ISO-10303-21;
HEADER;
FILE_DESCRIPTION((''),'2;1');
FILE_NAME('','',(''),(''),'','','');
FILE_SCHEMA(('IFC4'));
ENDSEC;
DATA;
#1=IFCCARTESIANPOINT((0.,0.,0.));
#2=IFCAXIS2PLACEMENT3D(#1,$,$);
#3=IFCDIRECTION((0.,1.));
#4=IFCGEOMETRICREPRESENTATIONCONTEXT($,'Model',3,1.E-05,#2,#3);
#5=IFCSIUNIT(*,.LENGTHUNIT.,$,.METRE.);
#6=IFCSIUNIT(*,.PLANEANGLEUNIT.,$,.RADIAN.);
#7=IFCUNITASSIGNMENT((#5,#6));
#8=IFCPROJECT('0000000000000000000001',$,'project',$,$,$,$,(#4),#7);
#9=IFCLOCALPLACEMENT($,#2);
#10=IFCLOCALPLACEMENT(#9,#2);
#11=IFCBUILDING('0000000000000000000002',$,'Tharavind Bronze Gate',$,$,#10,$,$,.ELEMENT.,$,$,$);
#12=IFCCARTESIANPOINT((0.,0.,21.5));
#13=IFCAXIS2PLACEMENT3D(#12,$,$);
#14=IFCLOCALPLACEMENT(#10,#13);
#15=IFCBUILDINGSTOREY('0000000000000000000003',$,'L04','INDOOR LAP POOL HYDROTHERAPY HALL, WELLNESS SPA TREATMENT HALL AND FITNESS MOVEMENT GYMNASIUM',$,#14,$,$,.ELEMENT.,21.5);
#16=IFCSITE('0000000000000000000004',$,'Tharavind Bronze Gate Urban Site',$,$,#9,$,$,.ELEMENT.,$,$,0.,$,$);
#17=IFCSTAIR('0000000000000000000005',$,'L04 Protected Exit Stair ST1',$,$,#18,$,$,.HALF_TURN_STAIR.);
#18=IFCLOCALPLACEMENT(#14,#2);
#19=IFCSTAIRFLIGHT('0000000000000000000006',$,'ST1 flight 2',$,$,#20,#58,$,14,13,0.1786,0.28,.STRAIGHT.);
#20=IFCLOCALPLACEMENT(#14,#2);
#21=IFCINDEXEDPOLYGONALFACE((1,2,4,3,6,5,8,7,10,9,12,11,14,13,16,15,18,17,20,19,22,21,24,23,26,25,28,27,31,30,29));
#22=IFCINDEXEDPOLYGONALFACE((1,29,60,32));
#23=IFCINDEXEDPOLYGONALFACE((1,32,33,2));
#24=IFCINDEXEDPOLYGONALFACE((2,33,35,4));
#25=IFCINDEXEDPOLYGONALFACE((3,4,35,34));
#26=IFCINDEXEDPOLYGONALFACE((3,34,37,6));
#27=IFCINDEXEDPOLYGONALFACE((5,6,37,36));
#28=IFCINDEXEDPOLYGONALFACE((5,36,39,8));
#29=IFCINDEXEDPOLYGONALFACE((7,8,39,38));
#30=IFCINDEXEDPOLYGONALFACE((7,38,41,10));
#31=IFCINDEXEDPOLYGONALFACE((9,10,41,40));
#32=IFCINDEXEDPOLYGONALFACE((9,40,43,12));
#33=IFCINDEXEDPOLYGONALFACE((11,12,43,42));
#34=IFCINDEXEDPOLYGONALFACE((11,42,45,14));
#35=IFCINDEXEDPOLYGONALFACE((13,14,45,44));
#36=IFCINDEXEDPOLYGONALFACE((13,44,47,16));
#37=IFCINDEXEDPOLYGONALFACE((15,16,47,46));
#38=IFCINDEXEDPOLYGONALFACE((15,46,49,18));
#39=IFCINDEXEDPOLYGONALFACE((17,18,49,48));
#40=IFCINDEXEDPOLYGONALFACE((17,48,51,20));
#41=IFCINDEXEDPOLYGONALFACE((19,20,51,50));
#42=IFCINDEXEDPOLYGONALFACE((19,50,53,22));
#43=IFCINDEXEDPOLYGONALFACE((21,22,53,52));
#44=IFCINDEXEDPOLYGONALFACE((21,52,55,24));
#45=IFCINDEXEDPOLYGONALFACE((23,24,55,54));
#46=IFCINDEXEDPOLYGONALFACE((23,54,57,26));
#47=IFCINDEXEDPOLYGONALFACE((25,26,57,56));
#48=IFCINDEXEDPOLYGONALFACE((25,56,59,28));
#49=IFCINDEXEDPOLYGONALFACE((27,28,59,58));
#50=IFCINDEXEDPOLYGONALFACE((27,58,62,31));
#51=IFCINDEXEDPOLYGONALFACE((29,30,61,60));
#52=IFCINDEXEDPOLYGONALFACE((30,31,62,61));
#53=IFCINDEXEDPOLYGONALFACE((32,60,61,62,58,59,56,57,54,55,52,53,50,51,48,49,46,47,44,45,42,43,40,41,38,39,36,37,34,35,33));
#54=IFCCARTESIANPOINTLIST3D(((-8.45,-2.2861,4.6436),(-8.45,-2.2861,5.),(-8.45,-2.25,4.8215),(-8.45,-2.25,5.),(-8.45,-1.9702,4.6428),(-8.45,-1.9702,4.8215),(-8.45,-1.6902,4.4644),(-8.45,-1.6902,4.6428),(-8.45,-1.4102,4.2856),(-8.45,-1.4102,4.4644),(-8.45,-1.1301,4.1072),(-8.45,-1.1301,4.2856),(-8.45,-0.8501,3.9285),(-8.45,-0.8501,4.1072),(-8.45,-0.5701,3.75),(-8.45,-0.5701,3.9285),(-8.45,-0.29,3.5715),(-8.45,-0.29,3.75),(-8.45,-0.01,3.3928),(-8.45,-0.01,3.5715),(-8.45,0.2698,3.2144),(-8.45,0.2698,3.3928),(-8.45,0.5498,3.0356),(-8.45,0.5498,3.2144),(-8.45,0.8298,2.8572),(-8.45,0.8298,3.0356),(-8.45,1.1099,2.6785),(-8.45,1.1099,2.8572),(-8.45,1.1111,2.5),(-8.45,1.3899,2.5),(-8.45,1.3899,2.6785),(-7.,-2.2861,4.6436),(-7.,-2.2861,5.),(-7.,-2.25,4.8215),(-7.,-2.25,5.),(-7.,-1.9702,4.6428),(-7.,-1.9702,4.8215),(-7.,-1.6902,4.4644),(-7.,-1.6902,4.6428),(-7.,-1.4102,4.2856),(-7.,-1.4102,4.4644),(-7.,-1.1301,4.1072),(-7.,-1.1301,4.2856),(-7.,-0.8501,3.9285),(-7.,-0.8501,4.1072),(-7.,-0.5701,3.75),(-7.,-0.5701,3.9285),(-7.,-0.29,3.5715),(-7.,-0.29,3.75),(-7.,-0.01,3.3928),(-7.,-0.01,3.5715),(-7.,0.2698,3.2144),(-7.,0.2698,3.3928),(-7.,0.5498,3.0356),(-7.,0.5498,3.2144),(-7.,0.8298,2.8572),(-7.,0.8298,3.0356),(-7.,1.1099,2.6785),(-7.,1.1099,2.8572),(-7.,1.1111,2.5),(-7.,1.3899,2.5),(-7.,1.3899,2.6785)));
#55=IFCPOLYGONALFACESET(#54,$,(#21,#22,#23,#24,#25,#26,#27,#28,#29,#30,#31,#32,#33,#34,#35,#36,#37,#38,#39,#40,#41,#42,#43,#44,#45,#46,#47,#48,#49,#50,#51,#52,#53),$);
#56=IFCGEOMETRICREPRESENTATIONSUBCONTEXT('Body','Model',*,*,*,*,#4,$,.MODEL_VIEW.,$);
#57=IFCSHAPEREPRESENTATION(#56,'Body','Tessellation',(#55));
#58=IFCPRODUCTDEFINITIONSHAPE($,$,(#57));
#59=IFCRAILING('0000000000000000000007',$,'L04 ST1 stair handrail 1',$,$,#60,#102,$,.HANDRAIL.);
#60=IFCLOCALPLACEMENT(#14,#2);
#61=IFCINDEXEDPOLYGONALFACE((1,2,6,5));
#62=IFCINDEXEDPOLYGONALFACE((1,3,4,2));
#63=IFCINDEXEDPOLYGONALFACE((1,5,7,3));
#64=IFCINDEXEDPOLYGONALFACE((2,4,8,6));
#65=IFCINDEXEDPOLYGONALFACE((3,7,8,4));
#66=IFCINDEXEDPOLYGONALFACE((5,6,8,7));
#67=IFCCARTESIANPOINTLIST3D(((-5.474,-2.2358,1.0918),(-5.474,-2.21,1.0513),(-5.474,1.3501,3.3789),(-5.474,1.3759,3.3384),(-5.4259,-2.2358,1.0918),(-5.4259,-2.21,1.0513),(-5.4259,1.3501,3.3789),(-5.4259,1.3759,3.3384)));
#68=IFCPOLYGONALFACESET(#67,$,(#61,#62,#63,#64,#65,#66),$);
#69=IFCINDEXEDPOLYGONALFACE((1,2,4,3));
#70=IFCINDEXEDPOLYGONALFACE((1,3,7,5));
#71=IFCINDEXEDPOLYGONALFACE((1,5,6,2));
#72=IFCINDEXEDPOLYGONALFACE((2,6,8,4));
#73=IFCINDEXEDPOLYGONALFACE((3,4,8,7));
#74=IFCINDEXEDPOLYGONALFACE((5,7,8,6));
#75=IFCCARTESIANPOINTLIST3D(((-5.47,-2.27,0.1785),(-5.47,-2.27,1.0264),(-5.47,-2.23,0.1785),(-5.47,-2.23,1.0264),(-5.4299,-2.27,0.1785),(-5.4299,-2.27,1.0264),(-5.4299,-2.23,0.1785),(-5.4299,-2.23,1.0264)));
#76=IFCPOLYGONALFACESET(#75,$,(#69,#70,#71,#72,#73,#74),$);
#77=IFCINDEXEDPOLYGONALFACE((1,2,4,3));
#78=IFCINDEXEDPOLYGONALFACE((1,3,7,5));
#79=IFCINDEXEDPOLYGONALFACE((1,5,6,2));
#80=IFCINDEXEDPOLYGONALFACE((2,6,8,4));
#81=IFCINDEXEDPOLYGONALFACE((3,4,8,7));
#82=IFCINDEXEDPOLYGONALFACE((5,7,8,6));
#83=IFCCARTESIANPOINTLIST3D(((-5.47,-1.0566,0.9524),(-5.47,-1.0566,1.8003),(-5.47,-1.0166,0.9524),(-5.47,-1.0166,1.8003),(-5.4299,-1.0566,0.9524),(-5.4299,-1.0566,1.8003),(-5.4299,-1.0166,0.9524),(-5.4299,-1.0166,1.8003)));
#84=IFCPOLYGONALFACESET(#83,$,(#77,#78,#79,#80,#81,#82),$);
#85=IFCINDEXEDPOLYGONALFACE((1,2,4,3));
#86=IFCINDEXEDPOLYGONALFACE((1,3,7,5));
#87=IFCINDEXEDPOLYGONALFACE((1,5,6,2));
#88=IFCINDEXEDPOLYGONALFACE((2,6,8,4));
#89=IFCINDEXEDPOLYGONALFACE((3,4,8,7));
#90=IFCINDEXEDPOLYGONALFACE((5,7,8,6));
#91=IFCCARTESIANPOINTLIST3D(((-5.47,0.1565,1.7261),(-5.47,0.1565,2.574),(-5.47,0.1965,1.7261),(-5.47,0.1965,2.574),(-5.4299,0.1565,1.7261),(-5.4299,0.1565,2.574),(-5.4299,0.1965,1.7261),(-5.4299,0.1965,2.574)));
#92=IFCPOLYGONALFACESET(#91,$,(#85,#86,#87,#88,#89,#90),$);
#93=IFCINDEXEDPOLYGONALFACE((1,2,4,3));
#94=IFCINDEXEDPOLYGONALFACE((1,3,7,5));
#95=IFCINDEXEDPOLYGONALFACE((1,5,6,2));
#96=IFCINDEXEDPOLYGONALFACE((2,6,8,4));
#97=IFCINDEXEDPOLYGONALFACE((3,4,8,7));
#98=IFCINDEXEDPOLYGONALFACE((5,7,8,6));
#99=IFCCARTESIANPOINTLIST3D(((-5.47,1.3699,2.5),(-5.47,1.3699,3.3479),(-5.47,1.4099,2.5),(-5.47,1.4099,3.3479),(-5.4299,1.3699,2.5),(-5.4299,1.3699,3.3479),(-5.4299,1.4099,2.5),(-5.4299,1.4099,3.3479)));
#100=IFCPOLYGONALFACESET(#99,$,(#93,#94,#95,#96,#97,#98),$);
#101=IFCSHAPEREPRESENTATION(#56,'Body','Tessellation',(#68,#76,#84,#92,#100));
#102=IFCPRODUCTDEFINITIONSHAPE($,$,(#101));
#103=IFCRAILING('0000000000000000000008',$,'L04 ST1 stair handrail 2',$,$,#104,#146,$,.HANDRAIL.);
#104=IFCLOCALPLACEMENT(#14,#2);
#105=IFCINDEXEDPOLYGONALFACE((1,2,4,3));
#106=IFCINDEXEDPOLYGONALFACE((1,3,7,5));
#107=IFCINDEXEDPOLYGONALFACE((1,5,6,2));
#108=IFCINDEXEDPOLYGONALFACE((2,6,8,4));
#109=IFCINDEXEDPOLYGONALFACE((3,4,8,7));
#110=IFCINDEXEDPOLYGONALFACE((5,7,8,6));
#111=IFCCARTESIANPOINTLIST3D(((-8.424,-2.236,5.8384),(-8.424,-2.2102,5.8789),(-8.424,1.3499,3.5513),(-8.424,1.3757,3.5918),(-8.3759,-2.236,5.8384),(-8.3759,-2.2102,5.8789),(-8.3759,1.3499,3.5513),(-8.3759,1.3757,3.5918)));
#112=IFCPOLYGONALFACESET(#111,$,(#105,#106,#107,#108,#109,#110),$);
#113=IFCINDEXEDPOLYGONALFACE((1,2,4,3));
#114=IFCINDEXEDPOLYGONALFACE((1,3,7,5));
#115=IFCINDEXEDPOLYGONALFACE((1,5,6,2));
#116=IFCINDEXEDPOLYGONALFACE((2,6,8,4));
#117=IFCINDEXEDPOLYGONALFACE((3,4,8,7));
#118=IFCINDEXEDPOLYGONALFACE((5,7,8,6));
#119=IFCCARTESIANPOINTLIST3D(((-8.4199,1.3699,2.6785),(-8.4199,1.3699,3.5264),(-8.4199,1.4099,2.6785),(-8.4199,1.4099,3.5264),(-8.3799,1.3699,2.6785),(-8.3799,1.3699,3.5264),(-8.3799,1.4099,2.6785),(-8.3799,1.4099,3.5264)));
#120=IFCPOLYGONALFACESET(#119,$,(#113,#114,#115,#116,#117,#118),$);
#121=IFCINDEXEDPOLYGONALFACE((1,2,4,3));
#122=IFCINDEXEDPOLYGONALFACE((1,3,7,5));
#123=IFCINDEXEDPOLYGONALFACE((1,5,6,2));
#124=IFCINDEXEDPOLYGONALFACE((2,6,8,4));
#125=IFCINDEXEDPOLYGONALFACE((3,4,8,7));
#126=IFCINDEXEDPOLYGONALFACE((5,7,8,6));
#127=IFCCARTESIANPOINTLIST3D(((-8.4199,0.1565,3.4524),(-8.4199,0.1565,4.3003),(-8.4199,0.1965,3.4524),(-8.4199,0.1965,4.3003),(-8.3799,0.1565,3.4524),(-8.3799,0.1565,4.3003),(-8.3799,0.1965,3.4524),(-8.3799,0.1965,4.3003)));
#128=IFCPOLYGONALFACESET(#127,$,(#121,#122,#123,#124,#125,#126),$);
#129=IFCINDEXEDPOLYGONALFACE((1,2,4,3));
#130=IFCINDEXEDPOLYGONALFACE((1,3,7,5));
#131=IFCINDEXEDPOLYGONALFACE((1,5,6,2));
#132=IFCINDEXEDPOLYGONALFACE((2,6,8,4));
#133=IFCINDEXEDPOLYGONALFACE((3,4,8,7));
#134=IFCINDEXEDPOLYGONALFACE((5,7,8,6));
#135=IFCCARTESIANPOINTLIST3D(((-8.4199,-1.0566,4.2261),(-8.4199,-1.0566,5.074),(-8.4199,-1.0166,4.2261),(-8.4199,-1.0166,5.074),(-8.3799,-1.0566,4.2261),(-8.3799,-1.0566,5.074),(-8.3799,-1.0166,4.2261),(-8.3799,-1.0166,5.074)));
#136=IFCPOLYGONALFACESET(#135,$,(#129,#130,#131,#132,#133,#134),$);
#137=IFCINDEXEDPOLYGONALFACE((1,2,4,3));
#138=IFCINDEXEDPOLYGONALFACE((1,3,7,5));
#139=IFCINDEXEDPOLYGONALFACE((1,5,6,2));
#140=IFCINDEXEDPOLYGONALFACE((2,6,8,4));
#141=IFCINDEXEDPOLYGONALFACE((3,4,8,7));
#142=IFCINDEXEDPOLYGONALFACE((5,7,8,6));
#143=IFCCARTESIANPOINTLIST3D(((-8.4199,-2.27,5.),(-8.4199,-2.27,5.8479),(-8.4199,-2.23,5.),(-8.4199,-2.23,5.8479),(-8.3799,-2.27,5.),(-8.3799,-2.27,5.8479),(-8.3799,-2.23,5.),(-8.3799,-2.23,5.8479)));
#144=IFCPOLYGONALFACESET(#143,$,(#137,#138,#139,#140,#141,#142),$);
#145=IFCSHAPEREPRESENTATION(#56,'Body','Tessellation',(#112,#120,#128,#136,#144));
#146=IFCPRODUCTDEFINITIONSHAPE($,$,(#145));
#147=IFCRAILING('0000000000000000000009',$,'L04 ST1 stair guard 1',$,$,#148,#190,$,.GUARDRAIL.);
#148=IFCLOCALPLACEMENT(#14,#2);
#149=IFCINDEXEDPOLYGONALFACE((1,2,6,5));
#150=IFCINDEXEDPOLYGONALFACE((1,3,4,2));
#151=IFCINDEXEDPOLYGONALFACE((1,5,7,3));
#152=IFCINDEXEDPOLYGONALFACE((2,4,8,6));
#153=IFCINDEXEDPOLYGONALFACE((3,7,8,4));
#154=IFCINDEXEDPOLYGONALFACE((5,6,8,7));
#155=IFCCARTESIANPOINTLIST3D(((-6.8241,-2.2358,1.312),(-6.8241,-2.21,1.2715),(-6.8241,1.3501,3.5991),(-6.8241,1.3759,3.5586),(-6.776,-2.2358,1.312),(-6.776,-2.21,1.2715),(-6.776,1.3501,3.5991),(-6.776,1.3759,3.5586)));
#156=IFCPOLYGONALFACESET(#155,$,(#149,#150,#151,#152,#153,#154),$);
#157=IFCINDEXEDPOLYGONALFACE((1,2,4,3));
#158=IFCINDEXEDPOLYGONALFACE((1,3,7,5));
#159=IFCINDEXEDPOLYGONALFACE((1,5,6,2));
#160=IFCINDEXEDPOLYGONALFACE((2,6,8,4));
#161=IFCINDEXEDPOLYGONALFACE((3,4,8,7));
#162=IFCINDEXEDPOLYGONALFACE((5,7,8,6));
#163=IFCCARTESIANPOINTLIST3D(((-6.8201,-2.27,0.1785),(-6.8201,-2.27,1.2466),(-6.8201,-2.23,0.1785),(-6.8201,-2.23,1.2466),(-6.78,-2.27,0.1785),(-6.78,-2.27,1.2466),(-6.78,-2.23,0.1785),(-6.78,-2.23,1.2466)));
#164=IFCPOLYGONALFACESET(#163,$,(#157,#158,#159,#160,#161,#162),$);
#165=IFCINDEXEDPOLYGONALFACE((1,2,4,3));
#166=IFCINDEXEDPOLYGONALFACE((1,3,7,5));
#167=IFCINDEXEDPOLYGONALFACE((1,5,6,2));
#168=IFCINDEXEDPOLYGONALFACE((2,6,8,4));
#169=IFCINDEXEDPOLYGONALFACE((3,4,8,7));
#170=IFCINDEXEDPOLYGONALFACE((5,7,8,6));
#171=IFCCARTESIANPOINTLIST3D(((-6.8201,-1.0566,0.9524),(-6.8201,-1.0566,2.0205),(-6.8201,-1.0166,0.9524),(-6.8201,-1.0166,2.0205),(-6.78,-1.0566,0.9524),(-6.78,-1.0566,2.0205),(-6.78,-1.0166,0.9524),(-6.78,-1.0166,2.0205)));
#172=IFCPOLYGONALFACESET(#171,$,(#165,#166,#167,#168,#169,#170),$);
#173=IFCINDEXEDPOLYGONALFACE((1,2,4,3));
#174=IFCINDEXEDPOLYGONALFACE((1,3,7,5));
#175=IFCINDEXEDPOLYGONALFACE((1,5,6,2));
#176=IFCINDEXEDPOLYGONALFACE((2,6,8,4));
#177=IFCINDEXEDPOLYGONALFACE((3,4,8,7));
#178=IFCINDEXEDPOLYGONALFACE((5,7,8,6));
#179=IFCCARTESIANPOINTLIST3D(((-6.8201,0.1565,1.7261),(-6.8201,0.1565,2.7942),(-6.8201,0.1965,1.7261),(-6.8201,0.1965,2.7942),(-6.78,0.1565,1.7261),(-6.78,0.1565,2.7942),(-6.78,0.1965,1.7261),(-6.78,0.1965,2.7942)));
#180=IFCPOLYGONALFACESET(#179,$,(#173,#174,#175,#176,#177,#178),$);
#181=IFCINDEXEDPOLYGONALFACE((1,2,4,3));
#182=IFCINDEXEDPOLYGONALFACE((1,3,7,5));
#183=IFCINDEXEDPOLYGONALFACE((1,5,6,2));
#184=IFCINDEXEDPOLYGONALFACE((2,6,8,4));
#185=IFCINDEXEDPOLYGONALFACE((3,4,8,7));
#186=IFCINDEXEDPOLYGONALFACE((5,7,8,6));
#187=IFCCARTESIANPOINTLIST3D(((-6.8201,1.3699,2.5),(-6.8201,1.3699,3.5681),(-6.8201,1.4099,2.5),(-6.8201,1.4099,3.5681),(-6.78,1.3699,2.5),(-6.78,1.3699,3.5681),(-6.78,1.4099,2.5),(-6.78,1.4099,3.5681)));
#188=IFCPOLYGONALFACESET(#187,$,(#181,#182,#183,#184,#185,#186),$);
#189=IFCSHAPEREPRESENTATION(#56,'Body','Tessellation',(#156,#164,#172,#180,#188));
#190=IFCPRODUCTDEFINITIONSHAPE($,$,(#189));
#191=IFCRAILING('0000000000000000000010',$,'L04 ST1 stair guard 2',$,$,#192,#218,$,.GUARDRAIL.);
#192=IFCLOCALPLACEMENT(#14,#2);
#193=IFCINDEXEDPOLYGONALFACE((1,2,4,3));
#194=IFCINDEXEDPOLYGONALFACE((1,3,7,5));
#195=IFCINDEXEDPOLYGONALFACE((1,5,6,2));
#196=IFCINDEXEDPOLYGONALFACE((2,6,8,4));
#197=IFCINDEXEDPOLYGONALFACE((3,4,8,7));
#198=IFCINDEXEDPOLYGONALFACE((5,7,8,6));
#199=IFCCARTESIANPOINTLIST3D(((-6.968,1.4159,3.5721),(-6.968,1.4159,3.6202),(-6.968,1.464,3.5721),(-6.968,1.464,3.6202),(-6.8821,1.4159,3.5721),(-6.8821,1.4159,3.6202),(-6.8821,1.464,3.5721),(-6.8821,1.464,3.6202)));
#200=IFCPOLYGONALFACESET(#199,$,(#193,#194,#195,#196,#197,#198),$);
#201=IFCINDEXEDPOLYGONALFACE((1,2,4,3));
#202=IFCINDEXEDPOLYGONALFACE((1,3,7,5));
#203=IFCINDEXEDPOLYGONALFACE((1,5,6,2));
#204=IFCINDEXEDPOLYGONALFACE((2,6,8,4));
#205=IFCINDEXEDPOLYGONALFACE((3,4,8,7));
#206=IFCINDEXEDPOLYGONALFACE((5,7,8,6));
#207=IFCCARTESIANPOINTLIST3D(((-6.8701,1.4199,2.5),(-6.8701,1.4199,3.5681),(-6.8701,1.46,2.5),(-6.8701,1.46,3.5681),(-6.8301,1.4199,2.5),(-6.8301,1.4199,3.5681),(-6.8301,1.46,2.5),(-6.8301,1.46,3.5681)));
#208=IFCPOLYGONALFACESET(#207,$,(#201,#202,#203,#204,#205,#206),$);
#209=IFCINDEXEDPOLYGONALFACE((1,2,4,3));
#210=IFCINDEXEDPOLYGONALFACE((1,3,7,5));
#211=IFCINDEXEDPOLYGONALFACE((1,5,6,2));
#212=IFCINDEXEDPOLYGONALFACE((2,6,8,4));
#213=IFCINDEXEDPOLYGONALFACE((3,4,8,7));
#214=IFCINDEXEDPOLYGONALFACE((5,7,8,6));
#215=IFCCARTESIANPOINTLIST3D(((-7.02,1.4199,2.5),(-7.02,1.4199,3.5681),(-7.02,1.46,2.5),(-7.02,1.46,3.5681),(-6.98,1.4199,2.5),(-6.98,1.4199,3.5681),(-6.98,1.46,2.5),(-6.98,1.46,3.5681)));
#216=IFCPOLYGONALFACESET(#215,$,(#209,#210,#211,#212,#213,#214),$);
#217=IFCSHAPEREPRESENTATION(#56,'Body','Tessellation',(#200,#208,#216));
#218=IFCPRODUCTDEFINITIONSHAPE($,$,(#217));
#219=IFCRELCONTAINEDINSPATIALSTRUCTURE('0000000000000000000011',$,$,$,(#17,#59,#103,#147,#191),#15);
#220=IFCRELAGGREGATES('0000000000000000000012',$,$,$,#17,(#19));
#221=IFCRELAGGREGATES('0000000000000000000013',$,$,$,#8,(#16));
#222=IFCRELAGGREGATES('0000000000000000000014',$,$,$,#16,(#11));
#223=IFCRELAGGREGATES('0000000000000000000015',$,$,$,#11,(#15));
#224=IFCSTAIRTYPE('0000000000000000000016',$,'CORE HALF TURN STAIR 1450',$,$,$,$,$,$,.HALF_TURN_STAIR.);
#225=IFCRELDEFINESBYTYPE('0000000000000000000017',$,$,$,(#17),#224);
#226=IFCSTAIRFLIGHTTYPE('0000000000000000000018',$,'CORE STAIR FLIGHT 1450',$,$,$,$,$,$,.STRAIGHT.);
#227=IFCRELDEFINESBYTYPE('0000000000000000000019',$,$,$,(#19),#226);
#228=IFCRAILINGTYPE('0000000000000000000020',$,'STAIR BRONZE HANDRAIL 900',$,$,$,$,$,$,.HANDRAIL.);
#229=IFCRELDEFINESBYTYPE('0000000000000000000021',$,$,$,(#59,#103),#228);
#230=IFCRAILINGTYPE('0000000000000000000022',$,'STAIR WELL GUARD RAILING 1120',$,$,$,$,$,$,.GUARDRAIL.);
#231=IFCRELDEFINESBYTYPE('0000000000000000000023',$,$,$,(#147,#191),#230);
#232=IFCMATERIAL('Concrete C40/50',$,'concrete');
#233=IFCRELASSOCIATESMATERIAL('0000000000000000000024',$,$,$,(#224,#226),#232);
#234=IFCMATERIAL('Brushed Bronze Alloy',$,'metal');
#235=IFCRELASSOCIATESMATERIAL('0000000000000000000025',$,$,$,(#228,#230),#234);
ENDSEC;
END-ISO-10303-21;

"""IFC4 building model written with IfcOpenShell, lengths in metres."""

from ifc_helpers import new_model, si_unit, direction, frame, origin, origin_2d, place, context, subcontext, project, spatial, polyline, rectangle, outline, extrude, material, type_object, element, aggregate, save


model = new_model("IFC4")

# Units and contexts
model_context = context("Model", 3, precision=1e-05, world=origin(), true_north=direction((0.0, 1.0)))
body_context = subcontext(model_context, "Body", "Model", "MODEL_VIEW")
ifc_project = project(units=[si_unit("LENGTHUNIT", "METRE"), si_unit("PLANEANGLEUNIT", "RADIAN")], contexts=[model_context])

# Site, building, storey
site_placement = place(None, origin())
site = spatial("IfcSite", under=ifc_project, at=site_placement, Name="Tharavind Bronze Gate Urban Site", CompositionType="ELEMENT", RefElevation=0.0)
building_placement = place(site_placement, origin())
building = spatial("IfcBuilding", under=site, at=building_placement, Name="Tharavind Bronze Gate", CompositionType="ELEMENT")
storey_placement = place(building_placement, frame((0.0, 0.0, 21.5)))
storey = spatial("IfcBuildingStorey", under=building, at=storey_placement, Name="L04", Description="INDOOR LAP POOL HYDROTHERAPY HALL, WELLNESS SPA TREATMENT HALL AND FITNESS MOVEMENT GYMNASIUM", CompositionType="ELEMENT", Elevation=21.5)

# Shared definitions
ifc_material_1 = material(Name="Concrete C40/50", Category="concrete")

# Stair, stair flight
stair_type = type_object("IfcStairType", Name="CORE HALF TURN STAIR 1450", PredefinedType="HALF_TURN_STAIR", material=ifc_material_1)
stair_placement = place(storey_placement, origin())
stair = element("IfcStair", 1, at=stair_placement, inside=storey, type_object=stair_type, Name="L04 Protected Exit Stair ST1", PredefinedType="HALF_TURN_STAIR")
stair_flight_type = type_object("IfcStairFlightType", Name="CORE STAIR FLIGHT 1450", PredefinedType="STRAIGHT", material=ifc_material_1)
stair_flight_1_placement = place(storey_placement, frame((-7.7251, 1.3899, 2.5), z_axis=(0.0, 0.0, 1.0), x_axis=(0.0, -1.0, 0.0)))
stair_flight_1 = element("IfcStairFlight", 2, at=stair_flight_1_placement, type_object=stair_flight_type, Name="ST1 flight 2", NumberOfRisers=14, NumberOfTreads=13, PredefinedType="STRAIGHT", RiserHeight=0.1786, TreadLength=0.28, context=body_context, shape_type="SweptSolid", body=[
    extrude(outline(polyline([(0.0, 0.0), (0.0, 0.1785), (0.28, 0.1785), (0.28, 0.3572), (0.5601, 0.3572), (0.5601, 0.5356), (0.8401, 0.5356), (0.8401, 0.7144), (1.1201, 0.7144), (1.1201, 0.8928), (1.3999, 0.8928), (1.3999, 1.0715), (1.6799, 1.0715), (1.6799, 1.25), (1.96, 1.25), (1.96, 1.4285), (2.24, 1.4285), (2.24, 1.6072), (2.52, 1.6072), (2.52, 1.7856), (2.8, 1.7856), (2.8, 1.9644), (3.0801, 1.9644), (3.0801, 2.1428), (3.3601, 2.1428), (3.3601, 2.3215), (3.6399, 2.3215), (3.6399, 2.5), (3.676, 2.5), (3.676, 2.1436), (0.2788, 0.0), (0.0, 0.0)])), frame((0.0, 0.7251, 0.0), z_axis=(0.0, -1.0, 0.0), x_axis=(1.0, 0.0, 0.0)), (0.0, 0.0, 1.0), 1.45),
])
aggregate(stair, [stair_flight_1])

# Railings
ifc_material_2 = material(Name="Brushed Bronze Alloy", Category="metal")
railing_type_1 = type_object("IfcRailingType", Name="STAIR BRONZE HANDRAIL 900", PredefinedType="HANDRAIL", material=ifc_material_2)
railing_1_placement = place(storey_placement, frame((-5.45, -2.25, 0.1785)))
element("IfcRailing", 3, at=railing_1_placement, inside=storey, type_object=railing_type_1, Name="L04 ST1 stair handrail 1", PredefinedType="HANDRAIL", context=body_context, shape_type="SweptSolid", body=[
    extrude(rectangle(XDim=0.0481, YDim=0.0481, at=origin_2d()), frame((0.0, 0.0271, 0.8931), z_axis=(0.0, 0.843112, 0.537739), x_axis=(-1.0, 0.0, 0.0)), (0.0, 0.0, 1.0), 4.2532),
    extrude(rectangle(XDim=0.04, YDim=0.04, at=origin_2d()), origin(), (0.0, 0.0, 1.0), 0.8479),
    extrude(rectangle(XDim=0.04, YDim=0.04, at=origin_2d()), frame((0.0, 1.2134, 0.7739)), (0.0, 0.0, 1.0), 0.8479),
    extrude(rectangle(XDim=0.04, YDim=0.04, at=origin_2d()), frame((0.0, 2.4265, 1.5476)), (0.0, 0.0, 1.0), 0.8479),
    extrude(rectangle(XDim=0.04, YDim=0.04, at=origin_2d()), frame((0.0, 3.6399, 2.3215)), (0.0, 0.0, 1.0), 0.8479),
])
railing_2_placement = place(storey_placement, frame((-8.3999, 1.3899, 2.6785)))
element("IfcRailing", 4, at=railing_2_placement, inside=storey, type_object=railing_type_1, Name="L04 ST1 stair handrail 2", PredefinedType="HANDRAIL", context=body_context, shape_type="SweptSolid", body=[
    extrude(rectangle(XDim=0.0481, YDim=0.0481, at=origin_2d()), frame((0.0, -0.0271, 0.8931), z_axis=(0.0, -0.843112, 0.537739), x_axis=(1.0, 0.0, 0.0)), (0.0, 0.0, 1.0), 4.2532),
    extrude(rectangle(XDim=0.04, YDim=0.04, at=origin_2d()), origin(), (0.0, 0.0, 1.0), 0.8479),
    extrude(rectangle(XDim=0.04, YDim=0.04, at=origin_2d()), frame((0.0, -1.2134, 0.7739)), (0.0, 0.0, 1.0), 0.8479),
    extrude(rectangle(XDim=0.04, YDim=0.04, at=origin_2d()), frame((0.0, -2.4265, 1.5476)), (0.0, 0.0, 1.0), 0.8479),
    extrude(rectangle(XDim=0.04, YDim=0.04, at=origin_2d()), frame((0.0, -3.6399, 2.3215)), (0.0, 0.0, 1.0), 0.8479),
])
railing_type_2 = type_object("IfcRailingType", Name="STAIR WELL GUARD RAILING 1120", PredefinedType="GUARDRAIL", material=ifc_material_2)
railing_3_placement = place(storey_placement, frame((-6.8, -2.25, 0.1785)))
element("IfcRailing", 5, at=railing_3_placement, inside=storey, type_object=railing_type_2, Name="L04 ST1 stair guard 1", PredefinedType="GUARDRAIL", context=body_context, shape_type="SweptSolid", body=[
    extrude(rectangle(XDim=0.0481, YDim=0.0481, at=origin_2d()), frame((0.0, 0.0271, 1.1133), z_axis=(0.0, 0.843112, 0.537739), x_axis=(-1.0, 0.0, 0.0)), (0.0, 0.0, 1.0), 4.2532),
    extrude(rectangle(XDim=0.04, YDim=0.04, at=origin_2d()), origin(), (0.0, 0.0, 1.0), 1.0681),
    extrude(rectangle(XDim=0.04, YDim=0.04, at=origin_2d()), frame((0.0, 1.2134, 0.7739)), (0.0, 0.0, 1.0), 1.0681),
    extrude(rectangle(XDim=0.04, YDim=0.04, at=origin_2d()), frame((0.0, 2.4265, 1.5476)), (0.0, 0.0, 1.0), 1.0681),
    extrude(rectangle(XDim=0.04, YDim=0.04, at=origin_2d()), frame((0.0, 3.6399, 2.3215)), (0.0, 0.0, 1.0), 1.0681),
])
railing_4_placement = place(storey_placement, frame((-6.8501, 1.4399, 2.5)))
element("IfcRailing", 6, at=railing_4_placement, inside=storey, type_object=railing_type_2, Name="L04 ST1 stair guard 2", PredefinedType="GUARDRAIL", context=body_context, shape_type="SweptSolid", body=[
    extrude(rectangle(XDim=0.0481, YDim=0.0481, at=origin_2d()), frame((-0.032, 0.0, 1.0962), z_axis=(-1.0, 0.0, 0.0), x_axis=(0.0, -1.0, 0.0)), (0.0, 0.0, 1.0), 0.0859),
    extrude(rectangle(XDim=0.04, YDim=0.04, at=origin_2d()), origin(), (0.0, 0.0, 1.0), 1.0681),
    extrude(rectangle(XDim=0.04, YDim=0.04, at=origin_2d()), frame((-0.1499, 0.0, 0.0)), (0.0, 0.0, 1.0), 1.0681),
])

save(model, "model.ifc")
